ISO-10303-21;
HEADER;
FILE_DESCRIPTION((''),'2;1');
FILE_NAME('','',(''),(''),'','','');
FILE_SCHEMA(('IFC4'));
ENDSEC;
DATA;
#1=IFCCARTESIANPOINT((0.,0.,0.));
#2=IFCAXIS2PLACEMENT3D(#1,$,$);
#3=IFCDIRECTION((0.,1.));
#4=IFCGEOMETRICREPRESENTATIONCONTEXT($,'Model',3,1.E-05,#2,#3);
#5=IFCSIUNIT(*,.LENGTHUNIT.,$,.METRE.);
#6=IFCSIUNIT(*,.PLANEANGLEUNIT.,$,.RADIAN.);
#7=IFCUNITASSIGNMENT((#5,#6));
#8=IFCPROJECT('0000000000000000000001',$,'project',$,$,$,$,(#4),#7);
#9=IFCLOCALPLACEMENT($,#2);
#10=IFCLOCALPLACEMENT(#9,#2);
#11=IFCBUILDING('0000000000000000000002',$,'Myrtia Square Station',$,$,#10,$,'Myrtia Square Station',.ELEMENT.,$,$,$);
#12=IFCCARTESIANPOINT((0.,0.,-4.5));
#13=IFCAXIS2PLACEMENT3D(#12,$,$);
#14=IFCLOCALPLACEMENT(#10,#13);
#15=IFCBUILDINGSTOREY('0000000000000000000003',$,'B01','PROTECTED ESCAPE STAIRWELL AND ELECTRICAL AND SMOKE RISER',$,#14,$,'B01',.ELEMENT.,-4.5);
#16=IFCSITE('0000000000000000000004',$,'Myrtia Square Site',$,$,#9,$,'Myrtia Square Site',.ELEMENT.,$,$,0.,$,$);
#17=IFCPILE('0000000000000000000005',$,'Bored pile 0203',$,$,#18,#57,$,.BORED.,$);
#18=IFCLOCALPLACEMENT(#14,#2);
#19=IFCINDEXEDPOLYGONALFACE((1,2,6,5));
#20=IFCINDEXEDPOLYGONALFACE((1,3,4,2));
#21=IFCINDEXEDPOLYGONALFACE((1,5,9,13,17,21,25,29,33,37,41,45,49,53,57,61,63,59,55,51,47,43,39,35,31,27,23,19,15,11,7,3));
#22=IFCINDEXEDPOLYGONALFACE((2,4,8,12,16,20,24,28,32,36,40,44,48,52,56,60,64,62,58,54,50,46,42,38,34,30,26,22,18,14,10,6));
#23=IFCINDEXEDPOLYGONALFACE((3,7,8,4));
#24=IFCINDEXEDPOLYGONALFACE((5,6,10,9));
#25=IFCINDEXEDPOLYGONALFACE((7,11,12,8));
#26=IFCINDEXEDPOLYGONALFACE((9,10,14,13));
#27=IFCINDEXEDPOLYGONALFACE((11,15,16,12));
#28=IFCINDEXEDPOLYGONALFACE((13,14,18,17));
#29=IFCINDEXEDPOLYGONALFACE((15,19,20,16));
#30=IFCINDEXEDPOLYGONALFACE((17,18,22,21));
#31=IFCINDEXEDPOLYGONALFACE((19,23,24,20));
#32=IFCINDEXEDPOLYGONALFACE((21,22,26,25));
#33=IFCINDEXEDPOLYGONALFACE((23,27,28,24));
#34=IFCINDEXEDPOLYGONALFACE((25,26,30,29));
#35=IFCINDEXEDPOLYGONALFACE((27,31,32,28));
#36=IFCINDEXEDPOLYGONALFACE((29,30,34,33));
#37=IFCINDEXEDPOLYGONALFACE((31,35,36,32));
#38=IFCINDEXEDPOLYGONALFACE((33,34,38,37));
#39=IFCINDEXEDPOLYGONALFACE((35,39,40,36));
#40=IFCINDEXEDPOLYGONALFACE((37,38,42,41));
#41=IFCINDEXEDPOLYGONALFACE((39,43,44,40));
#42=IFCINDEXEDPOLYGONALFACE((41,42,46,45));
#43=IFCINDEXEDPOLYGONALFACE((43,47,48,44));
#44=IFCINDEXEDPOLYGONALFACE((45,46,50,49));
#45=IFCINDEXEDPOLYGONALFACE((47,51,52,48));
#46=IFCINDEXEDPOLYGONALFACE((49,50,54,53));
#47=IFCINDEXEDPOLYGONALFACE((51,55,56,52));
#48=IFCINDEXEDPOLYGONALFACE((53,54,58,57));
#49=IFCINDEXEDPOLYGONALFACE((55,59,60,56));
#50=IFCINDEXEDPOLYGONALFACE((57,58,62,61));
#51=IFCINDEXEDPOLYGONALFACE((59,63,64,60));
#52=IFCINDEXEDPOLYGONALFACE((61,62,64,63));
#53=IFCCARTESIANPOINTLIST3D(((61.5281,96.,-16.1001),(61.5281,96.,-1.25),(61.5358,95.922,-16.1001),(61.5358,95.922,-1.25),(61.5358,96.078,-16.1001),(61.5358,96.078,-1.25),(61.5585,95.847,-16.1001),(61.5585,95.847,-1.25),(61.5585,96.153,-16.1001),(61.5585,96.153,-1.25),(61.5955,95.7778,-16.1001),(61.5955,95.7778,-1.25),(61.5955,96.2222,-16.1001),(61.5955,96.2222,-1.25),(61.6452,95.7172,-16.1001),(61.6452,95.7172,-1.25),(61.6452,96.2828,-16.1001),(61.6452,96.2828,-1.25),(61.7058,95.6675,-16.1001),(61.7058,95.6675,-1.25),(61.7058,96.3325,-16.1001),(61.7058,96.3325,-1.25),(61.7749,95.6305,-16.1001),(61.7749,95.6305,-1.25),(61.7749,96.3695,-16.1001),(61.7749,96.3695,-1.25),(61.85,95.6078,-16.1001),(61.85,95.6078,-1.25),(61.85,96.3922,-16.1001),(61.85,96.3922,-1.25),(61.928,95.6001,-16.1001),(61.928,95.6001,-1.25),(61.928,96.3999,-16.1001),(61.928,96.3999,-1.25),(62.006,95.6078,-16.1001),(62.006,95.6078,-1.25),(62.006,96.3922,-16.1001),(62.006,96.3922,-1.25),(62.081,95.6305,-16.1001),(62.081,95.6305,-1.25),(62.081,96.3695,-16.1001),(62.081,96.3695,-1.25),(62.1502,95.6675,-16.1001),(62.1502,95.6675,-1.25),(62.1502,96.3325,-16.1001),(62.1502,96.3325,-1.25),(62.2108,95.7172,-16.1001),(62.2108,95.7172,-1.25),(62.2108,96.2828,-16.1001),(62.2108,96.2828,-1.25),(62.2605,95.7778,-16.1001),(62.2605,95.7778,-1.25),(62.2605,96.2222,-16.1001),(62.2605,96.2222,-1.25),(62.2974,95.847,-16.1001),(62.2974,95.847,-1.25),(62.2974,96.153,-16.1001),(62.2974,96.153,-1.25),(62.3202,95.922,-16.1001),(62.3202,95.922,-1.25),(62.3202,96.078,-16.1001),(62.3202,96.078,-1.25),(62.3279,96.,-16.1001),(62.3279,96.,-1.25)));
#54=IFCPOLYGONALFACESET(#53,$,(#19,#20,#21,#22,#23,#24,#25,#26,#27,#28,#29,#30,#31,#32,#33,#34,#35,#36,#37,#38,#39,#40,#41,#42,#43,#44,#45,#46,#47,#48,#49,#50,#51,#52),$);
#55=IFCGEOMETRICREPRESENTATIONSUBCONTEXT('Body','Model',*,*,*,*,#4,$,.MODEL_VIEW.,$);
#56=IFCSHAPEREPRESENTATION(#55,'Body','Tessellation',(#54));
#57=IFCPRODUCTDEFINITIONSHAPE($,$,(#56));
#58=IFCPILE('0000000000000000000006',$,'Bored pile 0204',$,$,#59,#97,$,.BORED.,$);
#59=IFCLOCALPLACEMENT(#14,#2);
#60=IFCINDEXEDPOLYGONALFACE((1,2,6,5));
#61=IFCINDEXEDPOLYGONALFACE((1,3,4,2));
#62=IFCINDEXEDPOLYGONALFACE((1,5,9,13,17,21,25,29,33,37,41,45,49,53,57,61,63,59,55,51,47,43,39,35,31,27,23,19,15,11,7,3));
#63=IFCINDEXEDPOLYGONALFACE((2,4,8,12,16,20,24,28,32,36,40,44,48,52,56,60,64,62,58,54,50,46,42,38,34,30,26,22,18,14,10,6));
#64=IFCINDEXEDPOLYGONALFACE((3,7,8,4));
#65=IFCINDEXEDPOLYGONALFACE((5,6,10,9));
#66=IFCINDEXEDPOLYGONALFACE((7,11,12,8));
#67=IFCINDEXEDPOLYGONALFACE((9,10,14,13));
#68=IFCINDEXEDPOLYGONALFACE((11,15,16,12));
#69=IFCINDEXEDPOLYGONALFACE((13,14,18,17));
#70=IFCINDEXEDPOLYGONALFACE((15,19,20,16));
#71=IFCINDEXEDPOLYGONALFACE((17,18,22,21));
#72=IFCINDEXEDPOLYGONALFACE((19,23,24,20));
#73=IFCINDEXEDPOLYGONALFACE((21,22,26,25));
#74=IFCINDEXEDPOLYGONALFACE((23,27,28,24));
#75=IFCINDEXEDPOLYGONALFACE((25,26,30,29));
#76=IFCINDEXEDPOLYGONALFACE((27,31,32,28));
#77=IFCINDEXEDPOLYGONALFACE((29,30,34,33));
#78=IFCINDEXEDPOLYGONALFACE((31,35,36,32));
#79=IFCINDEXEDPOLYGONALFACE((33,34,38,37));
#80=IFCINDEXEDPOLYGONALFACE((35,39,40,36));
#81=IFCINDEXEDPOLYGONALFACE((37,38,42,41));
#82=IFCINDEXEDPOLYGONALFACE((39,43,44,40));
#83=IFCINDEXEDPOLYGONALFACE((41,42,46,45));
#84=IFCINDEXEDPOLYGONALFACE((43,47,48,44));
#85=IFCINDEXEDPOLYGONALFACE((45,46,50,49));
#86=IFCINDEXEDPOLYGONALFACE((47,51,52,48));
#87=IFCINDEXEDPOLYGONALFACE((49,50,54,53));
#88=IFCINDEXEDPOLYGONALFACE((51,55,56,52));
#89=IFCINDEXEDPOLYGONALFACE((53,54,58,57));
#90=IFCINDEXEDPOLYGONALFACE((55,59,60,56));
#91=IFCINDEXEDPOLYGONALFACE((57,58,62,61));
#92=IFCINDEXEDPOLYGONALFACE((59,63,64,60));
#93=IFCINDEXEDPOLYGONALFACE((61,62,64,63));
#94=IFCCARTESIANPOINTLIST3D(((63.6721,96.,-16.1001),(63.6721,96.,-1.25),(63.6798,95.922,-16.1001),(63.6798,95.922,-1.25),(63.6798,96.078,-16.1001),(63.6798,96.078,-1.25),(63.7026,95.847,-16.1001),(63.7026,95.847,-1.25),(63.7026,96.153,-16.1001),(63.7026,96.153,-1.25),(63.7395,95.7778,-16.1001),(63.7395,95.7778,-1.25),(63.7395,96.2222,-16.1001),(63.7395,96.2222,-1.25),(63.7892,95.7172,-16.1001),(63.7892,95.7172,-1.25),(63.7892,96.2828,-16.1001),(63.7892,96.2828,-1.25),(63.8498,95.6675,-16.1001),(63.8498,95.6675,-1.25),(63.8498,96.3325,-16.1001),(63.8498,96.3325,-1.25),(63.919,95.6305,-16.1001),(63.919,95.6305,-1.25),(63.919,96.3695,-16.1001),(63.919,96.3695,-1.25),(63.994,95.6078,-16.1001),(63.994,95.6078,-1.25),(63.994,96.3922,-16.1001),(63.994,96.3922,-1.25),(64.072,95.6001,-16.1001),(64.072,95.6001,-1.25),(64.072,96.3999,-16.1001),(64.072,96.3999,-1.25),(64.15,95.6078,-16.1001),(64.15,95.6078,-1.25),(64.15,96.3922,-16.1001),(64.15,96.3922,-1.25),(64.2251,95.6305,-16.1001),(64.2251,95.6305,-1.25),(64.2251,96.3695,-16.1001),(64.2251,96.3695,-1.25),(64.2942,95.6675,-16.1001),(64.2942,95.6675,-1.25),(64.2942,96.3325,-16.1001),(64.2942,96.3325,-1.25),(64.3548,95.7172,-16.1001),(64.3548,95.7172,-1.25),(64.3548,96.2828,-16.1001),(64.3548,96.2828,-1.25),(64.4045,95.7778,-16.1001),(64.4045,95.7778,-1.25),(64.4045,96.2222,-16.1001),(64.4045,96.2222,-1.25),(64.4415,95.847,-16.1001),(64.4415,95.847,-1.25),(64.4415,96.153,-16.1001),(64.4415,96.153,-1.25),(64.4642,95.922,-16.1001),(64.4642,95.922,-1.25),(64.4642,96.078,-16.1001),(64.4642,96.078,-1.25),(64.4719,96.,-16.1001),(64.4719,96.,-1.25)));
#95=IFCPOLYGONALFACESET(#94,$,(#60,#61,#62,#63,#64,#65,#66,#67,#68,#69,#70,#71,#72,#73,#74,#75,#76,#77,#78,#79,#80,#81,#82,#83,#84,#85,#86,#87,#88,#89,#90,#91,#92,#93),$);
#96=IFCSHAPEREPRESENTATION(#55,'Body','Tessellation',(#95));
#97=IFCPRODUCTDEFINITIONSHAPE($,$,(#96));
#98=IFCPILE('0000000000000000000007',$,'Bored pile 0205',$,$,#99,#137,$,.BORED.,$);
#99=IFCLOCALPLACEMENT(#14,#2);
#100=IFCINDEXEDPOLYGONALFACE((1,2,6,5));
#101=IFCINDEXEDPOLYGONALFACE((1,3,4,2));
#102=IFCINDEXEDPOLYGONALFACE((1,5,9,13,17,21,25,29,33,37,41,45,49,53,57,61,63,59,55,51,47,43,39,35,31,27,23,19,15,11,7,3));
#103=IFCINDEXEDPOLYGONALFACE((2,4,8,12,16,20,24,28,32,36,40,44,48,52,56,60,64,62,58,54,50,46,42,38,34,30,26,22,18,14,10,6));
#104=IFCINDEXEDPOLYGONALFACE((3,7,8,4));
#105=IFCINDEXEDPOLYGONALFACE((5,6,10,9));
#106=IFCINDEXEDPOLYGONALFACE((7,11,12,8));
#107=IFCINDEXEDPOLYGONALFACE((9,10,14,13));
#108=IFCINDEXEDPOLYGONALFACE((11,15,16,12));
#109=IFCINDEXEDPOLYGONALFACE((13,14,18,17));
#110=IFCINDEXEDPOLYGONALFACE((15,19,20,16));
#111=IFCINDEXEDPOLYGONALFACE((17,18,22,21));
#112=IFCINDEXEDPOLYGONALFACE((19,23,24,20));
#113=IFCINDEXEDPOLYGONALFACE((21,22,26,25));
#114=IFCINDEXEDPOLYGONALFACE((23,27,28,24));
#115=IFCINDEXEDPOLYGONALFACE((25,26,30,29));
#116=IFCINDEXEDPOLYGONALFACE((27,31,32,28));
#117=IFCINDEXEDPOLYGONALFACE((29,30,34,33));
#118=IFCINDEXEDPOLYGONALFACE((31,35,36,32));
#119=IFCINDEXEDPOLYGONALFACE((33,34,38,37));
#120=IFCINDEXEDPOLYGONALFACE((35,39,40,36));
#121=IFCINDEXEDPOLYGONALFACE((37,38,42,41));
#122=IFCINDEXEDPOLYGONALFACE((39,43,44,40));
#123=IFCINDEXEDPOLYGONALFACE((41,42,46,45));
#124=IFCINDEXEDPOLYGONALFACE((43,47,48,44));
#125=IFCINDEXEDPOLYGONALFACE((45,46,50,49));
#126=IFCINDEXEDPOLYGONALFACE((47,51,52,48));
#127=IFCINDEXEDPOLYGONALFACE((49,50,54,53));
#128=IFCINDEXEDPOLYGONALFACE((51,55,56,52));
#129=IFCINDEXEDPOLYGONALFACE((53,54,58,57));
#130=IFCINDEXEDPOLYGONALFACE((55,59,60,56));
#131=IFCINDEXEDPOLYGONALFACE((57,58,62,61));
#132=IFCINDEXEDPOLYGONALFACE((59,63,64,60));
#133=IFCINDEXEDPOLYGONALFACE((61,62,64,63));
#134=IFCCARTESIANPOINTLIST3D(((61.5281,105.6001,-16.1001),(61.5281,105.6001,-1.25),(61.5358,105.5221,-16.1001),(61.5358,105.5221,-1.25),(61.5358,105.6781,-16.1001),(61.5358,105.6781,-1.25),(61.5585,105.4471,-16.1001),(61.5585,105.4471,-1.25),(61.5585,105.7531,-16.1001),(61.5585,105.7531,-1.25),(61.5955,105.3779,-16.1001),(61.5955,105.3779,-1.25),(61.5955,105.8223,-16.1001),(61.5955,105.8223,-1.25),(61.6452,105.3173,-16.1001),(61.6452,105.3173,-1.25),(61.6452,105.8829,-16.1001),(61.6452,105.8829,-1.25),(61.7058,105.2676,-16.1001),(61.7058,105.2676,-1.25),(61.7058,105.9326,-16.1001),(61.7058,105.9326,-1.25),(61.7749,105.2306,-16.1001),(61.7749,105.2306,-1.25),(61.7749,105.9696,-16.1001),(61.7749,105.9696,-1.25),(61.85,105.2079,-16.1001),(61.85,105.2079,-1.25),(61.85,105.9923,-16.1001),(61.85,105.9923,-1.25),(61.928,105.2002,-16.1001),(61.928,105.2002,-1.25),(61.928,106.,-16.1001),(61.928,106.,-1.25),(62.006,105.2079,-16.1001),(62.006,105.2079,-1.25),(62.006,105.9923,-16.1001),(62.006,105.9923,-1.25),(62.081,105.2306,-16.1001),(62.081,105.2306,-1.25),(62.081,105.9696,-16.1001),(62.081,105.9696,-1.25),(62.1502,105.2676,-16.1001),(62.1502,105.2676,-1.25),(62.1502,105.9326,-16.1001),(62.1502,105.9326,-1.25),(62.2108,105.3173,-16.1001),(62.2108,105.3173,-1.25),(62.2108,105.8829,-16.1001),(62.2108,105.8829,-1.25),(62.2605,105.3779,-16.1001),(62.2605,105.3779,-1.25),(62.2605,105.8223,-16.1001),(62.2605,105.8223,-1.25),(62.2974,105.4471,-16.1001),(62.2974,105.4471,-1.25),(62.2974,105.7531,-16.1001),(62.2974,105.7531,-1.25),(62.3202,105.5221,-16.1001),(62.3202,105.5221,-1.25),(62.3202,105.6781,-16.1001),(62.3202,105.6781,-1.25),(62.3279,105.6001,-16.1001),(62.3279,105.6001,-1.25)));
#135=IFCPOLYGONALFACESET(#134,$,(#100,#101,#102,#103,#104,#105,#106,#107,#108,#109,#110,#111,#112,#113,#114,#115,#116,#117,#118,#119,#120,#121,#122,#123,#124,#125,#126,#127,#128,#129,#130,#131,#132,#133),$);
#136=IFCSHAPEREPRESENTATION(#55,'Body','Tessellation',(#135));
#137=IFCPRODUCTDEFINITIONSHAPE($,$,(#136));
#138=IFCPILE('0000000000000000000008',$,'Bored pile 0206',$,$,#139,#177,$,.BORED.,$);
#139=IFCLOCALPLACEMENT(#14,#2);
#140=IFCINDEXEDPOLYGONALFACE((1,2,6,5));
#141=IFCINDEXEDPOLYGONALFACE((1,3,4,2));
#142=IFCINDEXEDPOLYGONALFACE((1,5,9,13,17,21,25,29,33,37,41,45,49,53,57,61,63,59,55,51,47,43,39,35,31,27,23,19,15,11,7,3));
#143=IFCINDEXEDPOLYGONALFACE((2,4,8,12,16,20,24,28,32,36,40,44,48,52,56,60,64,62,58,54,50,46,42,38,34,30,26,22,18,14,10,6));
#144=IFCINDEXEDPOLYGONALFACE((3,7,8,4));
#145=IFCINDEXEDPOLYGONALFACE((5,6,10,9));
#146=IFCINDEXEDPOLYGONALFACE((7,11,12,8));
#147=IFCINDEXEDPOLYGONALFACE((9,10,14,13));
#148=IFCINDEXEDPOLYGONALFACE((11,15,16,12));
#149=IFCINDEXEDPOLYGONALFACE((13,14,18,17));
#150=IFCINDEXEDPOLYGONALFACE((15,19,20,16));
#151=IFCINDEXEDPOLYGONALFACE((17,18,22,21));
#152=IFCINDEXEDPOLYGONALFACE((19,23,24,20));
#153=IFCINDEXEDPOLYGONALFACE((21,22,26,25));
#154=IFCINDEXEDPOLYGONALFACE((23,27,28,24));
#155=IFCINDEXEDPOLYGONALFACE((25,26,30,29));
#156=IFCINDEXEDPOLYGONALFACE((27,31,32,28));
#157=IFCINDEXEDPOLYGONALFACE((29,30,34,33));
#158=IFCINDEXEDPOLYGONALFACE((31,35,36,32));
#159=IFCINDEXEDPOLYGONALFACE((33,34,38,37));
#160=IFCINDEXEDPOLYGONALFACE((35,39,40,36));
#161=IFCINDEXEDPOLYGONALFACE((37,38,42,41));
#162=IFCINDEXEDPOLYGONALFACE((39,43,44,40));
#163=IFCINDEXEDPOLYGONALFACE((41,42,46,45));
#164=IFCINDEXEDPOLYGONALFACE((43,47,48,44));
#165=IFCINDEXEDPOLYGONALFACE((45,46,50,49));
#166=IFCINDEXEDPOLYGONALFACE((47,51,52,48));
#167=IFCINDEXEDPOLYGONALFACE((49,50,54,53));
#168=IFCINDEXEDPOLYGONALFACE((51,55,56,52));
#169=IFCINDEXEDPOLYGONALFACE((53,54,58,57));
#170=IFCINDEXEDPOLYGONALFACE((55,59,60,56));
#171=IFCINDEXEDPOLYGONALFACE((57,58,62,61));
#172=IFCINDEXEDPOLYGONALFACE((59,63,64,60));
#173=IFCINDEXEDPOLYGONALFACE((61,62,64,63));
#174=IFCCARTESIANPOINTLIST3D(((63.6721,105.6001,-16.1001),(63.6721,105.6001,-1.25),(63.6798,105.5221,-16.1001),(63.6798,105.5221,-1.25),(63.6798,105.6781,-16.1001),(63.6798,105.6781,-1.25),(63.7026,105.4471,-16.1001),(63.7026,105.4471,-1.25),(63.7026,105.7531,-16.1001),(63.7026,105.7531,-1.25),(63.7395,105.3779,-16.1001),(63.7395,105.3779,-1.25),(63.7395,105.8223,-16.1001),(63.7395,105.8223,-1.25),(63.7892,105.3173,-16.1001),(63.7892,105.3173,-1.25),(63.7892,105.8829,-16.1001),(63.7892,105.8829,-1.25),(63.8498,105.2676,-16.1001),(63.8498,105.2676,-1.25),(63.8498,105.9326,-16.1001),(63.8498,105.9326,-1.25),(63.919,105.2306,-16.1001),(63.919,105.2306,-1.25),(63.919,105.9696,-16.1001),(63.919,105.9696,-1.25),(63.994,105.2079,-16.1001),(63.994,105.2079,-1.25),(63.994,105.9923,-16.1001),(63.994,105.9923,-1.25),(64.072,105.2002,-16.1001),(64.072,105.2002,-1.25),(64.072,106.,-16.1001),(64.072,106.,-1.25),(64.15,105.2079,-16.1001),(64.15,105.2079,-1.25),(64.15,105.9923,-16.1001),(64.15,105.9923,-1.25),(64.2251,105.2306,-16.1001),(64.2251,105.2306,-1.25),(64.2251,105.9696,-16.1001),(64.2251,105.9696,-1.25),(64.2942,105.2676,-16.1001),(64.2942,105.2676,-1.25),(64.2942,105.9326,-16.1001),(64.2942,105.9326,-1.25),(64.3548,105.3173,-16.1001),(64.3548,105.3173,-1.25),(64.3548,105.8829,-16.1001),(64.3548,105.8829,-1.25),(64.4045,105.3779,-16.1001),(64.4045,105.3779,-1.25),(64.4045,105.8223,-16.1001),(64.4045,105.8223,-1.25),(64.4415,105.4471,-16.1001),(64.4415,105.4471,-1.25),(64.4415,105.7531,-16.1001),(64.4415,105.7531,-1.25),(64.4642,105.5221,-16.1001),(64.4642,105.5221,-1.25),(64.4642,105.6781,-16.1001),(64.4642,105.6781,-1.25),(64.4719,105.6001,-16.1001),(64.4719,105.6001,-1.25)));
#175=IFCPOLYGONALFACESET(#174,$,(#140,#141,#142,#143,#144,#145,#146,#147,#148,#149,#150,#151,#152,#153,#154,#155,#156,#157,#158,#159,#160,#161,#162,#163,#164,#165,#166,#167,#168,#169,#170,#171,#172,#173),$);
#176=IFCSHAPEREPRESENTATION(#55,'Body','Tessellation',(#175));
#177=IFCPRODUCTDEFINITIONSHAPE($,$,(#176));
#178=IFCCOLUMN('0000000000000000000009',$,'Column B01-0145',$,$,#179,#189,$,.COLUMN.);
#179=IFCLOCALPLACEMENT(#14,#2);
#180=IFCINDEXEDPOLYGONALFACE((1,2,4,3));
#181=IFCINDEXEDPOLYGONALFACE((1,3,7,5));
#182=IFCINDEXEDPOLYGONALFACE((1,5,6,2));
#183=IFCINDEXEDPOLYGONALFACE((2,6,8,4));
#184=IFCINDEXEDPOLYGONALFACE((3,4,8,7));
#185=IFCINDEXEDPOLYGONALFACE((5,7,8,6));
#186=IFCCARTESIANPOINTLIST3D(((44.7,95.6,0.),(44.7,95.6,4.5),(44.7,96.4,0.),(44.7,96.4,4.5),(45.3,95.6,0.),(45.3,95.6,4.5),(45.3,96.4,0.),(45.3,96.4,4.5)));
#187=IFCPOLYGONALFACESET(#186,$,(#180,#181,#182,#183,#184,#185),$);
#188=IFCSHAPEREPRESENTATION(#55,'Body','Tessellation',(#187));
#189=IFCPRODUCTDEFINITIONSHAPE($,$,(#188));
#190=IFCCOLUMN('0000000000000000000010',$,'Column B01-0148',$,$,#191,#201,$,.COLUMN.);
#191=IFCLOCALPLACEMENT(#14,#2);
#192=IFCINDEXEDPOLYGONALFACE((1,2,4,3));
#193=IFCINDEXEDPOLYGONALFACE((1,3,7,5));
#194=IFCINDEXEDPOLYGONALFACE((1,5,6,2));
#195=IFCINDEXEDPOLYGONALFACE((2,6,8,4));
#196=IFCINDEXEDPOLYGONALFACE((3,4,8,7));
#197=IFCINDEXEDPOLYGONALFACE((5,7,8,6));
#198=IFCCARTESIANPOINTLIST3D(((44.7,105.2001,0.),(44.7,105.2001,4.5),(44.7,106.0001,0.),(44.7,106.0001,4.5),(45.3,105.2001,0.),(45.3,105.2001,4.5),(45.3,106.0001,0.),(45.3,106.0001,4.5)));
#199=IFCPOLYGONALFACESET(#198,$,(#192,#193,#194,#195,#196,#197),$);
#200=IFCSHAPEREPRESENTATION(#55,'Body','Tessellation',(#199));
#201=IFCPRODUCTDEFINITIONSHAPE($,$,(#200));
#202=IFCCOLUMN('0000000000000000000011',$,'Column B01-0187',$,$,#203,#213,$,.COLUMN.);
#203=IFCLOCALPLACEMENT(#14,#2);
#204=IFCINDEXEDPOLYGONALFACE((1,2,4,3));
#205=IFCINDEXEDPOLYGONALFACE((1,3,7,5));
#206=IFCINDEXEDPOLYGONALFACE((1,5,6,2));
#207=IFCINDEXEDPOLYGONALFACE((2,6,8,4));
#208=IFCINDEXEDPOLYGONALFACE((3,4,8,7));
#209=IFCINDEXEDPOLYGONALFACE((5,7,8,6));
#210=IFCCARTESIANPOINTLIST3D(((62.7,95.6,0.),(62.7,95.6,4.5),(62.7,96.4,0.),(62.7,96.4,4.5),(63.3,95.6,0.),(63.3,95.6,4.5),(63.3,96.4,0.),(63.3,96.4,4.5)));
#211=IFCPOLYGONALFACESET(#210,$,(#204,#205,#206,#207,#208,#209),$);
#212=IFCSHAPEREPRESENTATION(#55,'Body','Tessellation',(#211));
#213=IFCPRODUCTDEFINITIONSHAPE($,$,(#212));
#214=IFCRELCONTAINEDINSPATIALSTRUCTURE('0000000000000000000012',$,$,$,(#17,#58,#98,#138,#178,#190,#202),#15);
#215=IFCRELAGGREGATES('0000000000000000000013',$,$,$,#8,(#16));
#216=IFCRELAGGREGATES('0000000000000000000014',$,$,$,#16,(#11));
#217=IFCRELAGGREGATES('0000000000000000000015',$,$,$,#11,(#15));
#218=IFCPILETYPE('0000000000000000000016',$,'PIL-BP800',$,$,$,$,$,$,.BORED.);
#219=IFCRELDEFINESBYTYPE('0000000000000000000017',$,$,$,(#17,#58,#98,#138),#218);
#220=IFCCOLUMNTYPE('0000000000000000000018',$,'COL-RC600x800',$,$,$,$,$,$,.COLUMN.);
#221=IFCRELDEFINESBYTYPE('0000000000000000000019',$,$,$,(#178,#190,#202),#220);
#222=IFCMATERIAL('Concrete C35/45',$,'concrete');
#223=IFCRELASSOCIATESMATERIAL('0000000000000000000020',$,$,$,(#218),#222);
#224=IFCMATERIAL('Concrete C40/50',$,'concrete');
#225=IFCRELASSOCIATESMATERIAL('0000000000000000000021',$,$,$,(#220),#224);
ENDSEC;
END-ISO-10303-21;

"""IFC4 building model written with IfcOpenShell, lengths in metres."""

from ifc_helpers import new_model, si_unit, direction, frame, origin, origin_2d, place, context, subcontext, project, spatial, rectangle, circle, extrude, material, material_profile, profile_set, type_object, element, save


model = new_model("IFC4")

# Units and contexts
model_context = context("Model", 3, precision=1e-05, world=origin(), true_north=direction((0.0, 1.0)))
body_context = subcontext(model_context, "Body", "Model", "MODEL_VIEW")
ifc_project = project(units=[si_unit("LENGTHUNIT", "METRE"), si_unit("PLANEANGLEUNIT", "RADIAN")], contexts=[model_context])

# Site, building, storey
site_placement = place(None, origin())
site = spatial("IfcSite", under=ifc_project, at=site_placement, Name="Myrtia Square Site", LongName="Myrtia Square Site", CompositionType="ELEMENT", RefElevation=0.0)
building_placement = place(site_placement, origin())
building = spatial("IfcBuilding", under=site, at=building_placement, Name="Myrtia Square Station", LongName="Myrtia Square Station", CompositionType="ELEMENT")
storey_placement = place(building_placement, frame((0.0, 0.0, -4.5)))
storey = spatial("IfcBuildingStorey", under=building, at=storey_placement, Name="B01", Description="PROTECTED ESCAPE STAIRWELL AND ELECTRICAL AND SMOKE RISER", LongName="B01", CompositionType="ELEMENT", Elevation=-4.5)

# Shared definitions
ifc_material_1 = material(Name="Concrete C35/45", Category="concrete")

# Piles
ifc_material_profile_1 = material_profile(ifc_material_1, circle(Radius=0.3999, at=origin_2d()), Name="BP D800")
ifc_profile_set_1 = profile_set([ifc_material_profile_1], Name="Concrete C35/45")
pile_type = type_object("IfcPileType", Name="PIL-BP800", PredefinedType="BORED", material=ifc_profile_set_1)
for number, where, z_axis, x_axis, name in (
    (1, (61.928, 96.0, -1.25), (0.0, 0.0, -1.0), (1.0, 0.0, 0.0), "Bored pile 0203"),
    (2, (64.072, 96.0, -1.25), (0.0, 0.0, -1.0), (1.0, 0.0, 0.0), "Bored pile 0204"),
    (3, (61.928, 105.6001, -1.25), (0.0, 0.0, -1.0), (1.0, 0.0, 0.0), "Bored pile 0205"),
    (4, (64.072, 105.6001, -1.25), (0.0, 0.0, -1.0), (1.0, 0.0, 0.0), "Bored pile 0206"),
):
    element("IfcPile", number, at=place(storey_placement, frame(where, z_axis=z_axis, x_axis=x_axis)), inside=storey, type_object=pile_type, Name=name, PredefinedType="BORED", context=body_context, shape_type="SweptSolid", body=[
        extrude(circle(Radius=0.3999, at=origin_2d()), origin(), (0.0, 0.0, 1.0), 14.8501),
    ])

# Columns
ifc_material_2 = material(Name="Concrete C40/50", Category="concrete")
ifc_material_profile_2 = material_profile(ifc_material_2, rectangle(XDim=0.6001, YDim=0.8, at=origin_2d()), Name="RC 600x800")
ifc_profile_set_2 = profile_set([ifc_material_profile_2], Name="Concrete C40/50")
column_type = type_object("IfcColumnType", Name="COL-RC600x800", PredefinedType="COLUMN", material=ifc_profile_set_2)
for number, where, z_axis, x_axis, name in (
    (5, (45.0, 96.0, 0.0), (0.0, 0.0, 1.0), (1.0, 0.0, 0.0), "Column B01-0145"),
    (6, (45.0, 105.6001, 0.0), (0.0, 0.0, 1.0), (1.0, 0.0, 0.0), "Column B01-0148"),
    (7, (63.0, 96.0, 0.0), (0.0, 0.0, 1.0), (1.0, 0.0, 0.0), "Column B01-0187"),
):
    element("IfcColumn", number, at=place(storey_placement, frame(where, z_axis=z_axis, x_axis=x_axis)), inside=storey, type_object=column_type, Name=name, PredefinedType="COLUMN", context=body_context, shape_type="SweptSolid", body=[
        extrude(rectangle(XDim=0.6001, YDim=0.8, at=origin_2d()), origin(), (0.0, 0.0, 1.0), 4.5),
    ])

save(model, "model.ifc")
